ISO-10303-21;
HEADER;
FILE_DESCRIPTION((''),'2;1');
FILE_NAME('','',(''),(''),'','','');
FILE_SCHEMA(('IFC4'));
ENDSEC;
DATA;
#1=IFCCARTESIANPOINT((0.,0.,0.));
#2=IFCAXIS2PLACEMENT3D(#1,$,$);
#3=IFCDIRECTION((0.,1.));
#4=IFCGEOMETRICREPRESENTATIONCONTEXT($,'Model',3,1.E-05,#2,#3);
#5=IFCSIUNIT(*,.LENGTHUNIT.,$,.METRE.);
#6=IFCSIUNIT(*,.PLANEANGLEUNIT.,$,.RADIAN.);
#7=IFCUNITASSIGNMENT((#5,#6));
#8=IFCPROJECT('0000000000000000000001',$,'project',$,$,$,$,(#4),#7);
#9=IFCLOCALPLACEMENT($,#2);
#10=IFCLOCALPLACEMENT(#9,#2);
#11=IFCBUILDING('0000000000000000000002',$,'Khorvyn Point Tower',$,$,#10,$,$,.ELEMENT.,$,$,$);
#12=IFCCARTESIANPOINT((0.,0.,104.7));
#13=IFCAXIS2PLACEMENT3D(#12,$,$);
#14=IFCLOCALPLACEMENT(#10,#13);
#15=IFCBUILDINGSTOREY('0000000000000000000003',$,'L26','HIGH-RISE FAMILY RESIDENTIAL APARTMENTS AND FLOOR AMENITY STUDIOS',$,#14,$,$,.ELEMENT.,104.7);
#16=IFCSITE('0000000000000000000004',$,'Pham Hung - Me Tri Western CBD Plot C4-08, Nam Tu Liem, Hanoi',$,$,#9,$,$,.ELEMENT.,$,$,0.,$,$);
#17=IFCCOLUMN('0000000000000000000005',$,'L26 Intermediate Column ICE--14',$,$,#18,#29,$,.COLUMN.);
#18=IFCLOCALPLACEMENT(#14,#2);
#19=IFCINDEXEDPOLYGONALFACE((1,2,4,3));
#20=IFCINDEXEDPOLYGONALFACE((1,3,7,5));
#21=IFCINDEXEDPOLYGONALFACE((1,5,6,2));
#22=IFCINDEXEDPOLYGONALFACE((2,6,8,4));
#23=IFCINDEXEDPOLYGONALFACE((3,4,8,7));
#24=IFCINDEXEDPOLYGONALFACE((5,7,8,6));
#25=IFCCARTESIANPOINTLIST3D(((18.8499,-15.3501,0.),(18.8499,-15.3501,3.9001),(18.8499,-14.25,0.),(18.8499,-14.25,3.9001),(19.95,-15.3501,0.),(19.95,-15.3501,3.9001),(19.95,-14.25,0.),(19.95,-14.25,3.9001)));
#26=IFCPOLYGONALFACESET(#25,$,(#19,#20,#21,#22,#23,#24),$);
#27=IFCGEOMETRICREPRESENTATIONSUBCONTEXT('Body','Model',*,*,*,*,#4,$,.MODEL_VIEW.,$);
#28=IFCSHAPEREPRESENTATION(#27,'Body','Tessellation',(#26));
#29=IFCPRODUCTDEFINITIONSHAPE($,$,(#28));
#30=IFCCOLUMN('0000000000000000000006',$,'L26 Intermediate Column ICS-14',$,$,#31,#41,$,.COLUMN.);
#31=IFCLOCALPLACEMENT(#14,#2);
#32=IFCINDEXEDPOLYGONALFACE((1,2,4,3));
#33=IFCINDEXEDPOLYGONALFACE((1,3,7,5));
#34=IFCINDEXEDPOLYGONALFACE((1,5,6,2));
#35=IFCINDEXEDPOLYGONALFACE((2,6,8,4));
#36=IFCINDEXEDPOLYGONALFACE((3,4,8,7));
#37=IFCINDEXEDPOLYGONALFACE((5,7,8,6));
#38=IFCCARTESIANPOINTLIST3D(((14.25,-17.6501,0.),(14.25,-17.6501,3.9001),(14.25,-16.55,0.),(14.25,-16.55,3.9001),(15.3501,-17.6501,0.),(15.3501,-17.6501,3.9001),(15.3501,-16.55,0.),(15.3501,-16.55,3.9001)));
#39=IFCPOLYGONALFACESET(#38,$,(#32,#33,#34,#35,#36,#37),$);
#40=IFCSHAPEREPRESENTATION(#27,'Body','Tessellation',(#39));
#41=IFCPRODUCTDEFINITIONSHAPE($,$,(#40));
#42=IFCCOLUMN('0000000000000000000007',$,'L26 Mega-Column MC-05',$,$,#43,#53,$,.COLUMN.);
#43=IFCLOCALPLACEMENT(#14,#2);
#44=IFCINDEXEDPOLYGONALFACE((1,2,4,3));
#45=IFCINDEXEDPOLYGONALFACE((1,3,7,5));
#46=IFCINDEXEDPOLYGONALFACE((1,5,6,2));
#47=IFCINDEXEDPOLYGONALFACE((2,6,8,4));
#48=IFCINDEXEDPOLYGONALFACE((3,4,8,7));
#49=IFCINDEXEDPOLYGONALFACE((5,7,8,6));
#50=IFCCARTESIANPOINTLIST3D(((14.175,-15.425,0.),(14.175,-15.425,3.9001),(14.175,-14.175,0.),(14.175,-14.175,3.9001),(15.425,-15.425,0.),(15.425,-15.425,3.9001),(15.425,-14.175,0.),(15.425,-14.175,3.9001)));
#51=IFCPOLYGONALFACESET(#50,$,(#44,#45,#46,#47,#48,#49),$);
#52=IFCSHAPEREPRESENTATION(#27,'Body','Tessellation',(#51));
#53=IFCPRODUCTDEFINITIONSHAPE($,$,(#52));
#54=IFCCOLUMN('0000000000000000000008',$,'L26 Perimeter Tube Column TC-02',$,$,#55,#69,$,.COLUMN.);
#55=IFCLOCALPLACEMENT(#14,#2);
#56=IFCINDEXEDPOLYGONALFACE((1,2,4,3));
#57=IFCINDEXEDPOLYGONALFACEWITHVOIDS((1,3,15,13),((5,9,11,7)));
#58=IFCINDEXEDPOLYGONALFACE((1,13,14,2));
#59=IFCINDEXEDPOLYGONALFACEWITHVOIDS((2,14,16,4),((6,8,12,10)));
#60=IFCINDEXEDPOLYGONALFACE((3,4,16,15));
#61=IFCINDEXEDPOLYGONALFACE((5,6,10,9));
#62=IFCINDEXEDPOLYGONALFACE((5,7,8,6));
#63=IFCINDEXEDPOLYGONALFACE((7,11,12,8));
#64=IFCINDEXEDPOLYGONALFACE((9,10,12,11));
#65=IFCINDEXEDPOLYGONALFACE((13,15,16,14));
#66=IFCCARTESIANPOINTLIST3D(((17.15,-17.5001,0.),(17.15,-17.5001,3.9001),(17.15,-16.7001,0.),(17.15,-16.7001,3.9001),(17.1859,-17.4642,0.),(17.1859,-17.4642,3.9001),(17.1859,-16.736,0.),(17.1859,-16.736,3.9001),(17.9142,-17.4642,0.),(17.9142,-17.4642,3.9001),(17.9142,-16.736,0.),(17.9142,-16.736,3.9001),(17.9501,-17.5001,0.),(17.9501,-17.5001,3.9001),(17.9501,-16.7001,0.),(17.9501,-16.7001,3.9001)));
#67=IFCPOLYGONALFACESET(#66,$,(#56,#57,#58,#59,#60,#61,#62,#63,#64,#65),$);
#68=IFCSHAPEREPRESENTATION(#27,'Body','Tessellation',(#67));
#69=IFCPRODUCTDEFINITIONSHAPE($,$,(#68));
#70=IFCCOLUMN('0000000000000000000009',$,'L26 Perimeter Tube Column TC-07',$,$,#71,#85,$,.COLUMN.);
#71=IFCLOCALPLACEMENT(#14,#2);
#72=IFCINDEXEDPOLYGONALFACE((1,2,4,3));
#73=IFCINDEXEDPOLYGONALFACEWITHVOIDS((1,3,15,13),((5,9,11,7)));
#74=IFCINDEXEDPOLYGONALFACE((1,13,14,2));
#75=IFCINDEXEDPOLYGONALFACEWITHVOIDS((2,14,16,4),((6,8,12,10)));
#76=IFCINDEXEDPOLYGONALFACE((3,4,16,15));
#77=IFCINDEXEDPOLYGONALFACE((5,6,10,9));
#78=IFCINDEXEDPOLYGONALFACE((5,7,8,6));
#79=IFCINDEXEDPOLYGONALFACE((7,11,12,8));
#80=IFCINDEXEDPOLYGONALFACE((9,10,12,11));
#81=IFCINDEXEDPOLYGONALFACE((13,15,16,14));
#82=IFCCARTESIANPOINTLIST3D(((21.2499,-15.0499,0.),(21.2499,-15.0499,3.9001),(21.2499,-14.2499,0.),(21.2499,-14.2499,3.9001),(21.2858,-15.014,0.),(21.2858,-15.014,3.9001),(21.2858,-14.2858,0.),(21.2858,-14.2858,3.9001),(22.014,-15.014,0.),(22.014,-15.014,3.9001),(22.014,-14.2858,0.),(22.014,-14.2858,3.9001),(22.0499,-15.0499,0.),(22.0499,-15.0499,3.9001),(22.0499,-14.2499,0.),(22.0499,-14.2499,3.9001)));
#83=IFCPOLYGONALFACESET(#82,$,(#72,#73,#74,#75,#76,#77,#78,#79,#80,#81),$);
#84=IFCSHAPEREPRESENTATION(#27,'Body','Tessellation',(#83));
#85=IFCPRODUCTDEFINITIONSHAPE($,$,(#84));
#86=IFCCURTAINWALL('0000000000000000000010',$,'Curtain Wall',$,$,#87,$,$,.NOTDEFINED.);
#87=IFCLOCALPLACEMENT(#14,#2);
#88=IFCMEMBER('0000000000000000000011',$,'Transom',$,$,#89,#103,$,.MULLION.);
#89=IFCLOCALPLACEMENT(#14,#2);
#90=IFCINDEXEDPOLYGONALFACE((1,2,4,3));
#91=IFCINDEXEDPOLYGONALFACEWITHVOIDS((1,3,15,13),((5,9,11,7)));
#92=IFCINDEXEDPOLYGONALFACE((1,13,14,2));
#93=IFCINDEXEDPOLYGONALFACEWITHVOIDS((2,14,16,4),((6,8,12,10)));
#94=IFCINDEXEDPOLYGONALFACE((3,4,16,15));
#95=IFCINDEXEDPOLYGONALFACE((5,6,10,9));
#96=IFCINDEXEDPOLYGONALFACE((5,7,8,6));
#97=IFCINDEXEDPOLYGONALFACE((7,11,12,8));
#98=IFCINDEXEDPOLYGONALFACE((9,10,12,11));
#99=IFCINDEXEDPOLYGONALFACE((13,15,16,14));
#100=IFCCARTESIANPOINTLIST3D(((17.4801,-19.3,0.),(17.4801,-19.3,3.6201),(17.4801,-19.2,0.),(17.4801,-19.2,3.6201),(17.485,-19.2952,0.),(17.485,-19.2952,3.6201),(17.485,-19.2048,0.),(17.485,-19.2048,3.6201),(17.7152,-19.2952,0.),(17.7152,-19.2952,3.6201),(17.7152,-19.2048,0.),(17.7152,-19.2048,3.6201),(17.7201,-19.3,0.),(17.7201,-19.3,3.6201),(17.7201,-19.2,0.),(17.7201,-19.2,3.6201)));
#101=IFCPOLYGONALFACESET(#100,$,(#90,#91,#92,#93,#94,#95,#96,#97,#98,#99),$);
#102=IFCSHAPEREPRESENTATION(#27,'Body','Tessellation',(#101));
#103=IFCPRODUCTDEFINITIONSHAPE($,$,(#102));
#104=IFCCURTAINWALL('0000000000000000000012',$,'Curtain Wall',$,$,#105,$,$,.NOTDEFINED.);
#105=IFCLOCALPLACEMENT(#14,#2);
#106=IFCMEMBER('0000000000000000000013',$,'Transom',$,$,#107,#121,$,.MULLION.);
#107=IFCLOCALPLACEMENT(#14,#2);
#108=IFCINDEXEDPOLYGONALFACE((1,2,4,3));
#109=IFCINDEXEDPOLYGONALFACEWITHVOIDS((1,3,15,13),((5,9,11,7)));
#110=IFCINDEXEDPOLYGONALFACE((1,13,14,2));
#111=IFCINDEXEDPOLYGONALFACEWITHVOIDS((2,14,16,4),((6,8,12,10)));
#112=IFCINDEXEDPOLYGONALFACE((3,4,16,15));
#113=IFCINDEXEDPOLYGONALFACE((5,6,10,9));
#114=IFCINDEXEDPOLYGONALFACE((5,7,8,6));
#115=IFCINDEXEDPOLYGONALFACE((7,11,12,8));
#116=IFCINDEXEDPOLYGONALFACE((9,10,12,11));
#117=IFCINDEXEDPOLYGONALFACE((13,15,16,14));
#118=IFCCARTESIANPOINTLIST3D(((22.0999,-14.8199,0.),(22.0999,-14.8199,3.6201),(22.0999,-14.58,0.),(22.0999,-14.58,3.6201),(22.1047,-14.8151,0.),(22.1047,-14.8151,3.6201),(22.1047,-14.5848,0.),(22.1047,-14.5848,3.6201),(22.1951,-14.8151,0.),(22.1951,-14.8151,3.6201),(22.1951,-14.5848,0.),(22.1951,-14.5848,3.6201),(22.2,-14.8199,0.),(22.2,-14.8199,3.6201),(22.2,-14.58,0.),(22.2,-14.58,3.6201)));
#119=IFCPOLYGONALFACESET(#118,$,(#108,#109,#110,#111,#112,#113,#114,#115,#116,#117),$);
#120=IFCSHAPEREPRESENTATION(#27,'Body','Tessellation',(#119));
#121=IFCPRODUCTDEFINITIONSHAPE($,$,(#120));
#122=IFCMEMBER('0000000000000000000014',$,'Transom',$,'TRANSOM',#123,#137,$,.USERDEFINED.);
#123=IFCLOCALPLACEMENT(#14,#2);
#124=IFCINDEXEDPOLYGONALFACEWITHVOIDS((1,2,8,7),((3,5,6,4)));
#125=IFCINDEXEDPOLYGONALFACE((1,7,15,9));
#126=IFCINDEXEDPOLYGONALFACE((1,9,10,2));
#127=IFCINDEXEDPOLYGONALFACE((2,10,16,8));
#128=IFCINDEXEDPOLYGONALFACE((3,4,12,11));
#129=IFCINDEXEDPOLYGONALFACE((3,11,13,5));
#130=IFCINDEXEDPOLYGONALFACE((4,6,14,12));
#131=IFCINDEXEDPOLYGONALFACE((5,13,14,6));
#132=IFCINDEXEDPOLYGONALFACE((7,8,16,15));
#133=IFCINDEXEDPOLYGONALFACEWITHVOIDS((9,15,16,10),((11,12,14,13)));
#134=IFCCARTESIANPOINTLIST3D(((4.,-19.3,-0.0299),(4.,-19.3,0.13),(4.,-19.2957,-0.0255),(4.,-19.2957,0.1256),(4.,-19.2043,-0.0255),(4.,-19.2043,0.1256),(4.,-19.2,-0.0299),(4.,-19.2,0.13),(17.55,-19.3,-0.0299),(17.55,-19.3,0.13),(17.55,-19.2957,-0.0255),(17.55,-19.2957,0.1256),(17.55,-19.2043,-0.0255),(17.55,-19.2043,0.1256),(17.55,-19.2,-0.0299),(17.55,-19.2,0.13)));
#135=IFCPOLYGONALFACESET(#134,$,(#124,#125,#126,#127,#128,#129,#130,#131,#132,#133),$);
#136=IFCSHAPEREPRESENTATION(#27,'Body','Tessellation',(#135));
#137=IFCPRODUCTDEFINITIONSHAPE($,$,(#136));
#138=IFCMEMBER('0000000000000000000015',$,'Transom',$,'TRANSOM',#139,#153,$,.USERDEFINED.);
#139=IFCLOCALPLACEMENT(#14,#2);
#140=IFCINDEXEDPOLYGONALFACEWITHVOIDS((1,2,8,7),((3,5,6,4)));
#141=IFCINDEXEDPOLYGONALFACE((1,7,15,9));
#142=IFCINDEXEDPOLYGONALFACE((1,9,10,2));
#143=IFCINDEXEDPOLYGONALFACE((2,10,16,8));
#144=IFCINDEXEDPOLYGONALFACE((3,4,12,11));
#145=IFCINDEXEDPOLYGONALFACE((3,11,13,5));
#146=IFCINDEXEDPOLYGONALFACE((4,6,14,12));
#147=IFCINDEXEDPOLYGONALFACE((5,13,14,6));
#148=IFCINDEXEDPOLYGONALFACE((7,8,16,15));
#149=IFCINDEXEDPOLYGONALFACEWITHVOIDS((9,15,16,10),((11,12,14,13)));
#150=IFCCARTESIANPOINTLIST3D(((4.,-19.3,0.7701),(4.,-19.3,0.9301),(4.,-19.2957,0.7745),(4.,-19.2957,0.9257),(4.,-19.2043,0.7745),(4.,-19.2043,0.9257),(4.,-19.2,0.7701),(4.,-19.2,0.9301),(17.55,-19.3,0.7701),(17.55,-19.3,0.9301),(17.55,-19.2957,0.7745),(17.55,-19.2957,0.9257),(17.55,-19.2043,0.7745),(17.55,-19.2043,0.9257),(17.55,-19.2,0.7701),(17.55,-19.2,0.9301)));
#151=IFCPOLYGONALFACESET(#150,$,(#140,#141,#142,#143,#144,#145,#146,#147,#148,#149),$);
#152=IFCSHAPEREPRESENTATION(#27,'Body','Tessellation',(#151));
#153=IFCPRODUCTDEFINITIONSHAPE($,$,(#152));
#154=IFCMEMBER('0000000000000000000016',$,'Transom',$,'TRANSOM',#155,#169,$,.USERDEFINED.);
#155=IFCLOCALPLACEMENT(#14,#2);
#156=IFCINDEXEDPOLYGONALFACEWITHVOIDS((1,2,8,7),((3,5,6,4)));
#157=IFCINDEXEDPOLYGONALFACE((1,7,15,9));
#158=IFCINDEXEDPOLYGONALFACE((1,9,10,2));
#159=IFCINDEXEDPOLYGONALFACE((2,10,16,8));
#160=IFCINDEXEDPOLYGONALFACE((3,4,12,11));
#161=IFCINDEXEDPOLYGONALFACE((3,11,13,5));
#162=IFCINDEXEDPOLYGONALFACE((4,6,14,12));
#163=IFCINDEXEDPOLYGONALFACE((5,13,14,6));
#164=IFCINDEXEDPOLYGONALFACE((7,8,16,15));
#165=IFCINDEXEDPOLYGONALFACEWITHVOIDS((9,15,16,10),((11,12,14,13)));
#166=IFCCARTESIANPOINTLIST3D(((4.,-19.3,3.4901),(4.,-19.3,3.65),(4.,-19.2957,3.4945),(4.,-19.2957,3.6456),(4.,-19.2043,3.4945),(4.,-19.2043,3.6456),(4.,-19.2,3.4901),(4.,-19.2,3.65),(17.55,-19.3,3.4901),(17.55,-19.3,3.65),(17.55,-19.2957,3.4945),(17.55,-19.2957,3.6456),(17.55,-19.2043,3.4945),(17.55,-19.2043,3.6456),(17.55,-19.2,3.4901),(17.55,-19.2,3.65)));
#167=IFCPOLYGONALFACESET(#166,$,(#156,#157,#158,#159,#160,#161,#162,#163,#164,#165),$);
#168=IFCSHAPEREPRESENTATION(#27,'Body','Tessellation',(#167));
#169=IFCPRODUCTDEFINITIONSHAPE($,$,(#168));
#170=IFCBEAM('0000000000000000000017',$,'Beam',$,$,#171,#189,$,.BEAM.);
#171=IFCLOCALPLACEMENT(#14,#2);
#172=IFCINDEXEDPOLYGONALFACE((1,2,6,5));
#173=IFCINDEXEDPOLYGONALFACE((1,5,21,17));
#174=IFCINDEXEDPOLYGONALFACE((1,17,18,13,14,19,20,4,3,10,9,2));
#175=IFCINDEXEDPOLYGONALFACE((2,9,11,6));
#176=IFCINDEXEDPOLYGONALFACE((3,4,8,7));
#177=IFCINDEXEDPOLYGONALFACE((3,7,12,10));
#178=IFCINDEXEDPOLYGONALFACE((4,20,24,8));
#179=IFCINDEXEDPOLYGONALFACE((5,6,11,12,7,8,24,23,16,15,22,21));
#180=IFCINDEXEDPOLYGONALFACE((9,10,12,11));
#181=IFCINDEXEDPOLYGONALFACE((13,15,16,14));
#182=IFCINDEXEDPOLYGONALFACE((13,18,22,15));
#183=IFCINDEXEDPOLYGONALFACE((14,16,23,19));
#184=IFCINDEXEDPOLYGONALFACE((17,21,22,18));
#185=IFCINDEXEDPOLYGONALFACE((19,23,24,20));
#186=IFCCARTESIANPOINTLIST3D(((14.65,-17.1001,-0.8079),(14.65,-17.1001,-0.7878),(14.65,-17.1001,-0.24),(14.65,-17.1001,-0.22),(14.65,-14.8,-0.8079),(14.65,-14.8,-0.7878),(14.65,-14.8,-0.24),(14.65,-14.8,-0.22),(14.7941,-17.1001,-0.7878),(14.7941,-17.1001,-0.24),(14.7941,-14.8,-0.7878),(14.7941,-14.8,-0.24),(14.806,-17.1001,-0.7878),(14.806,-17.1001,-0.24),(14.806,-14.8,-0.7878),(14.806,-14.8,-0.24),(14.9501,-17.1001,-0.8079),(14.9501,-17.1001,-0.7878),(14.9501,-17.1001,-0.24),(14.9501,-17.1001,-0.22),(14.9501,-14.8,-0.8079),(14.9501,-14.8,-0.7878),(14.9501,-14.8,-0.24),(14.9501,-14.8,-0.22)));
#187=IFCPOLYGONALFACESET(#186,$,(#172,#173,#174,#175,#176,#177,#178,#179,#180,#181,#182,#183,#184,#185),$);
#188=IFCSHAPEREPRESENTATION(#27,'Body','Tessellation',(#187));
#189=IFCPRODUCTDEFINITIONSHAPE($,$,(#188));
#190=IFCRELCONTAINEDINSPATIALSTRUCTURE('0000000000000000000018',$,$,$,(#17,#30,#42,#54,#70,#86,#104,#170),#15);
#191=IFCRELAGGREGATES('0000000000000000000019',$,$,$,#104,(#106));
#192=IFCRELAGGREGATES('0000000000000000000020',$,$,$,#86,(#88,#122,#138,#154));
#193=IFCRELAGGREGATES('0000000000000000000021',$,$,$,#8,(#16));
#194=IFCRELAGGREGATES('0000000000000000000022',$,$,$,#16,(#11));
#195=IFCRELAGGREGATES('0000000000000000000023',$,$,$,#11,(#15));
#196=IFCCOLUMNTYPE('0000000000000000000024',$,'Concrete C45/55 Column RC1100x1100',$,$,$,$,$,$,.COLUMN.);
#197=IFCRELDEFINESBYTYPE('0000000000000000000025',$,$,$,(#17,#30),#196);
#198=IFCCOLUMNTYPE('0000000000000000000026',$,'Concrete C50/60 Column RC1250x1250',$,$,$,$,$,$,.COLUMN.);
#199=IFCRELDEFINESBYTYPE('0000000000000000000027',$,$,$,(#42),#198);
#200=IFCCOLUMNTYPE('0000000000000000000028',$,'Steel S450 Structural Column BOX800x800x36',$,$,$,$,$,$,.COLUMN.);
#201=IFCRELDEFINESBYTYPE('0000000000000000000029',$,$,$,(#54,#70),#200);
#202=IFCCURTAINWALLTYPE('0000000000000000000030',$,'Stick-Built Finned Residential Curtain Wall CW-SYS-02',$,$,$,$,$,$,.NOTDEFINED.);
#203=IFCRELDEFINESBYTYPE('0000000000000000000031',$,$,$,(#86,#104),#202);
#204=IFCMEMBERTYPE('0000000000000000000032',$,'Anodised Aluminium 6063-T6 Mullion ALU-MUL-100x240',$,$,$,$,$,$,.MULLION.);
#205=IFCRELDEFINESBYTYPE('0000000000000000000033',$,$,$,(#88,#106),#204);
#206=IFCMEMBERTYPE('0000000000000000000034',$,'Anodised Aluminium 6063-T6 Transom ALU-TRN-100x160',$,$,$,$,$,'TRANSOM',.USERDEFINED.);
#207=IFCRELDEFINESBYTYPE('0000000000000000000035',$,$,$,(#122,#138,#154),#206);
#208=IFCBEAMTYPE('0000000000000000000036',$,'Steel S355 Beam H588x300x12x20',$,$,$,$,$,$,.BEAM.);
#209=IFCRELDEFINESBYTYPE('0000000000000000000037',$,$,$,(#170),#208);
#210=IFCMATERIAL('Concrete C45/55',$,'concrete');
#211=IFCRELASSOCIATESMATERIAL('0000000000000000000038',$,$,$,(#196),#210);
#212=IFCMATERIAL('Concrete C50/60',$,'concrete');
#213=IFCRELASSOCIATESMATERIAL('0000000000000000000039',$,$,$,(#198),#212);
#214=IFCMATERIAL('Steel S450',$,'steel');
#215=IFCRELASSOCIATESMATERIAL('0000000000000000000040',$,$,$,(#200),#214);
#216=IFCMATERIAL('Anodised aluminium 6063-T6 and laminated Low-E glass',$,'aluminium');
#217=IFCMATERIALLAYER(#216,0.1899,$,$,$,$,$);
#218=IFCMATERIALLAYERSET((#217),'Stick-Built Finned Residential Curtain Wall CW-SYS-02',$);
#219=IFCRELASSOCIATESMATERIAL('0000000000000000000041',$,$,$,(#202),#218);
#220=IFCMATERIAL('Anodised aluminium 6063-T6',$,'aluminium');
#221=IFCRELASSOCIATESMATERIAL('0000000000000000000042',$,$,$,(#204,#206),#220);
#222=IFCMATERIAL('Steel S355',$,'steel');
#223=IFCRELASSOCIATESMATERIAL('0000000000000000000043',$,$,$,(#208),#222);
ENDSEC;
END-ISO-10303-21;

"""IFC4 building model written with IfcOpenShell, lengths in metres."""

from ifc_helpers import new_model, si_unit, direction, frame, origin, origin_2d, place, context, subcontext, project, spatial, rectangle, hollow_rectangle, i_section, extrude, material, layer, layer_set, material_profile, profile_set, type_object, element, aggregate, save


model = new_model("IFC4")

# Units and contexts
model_context = context("Model", 3, precision=1e-05, world=origin(), true_north=direction((0.0, 1.0)))
body_context = subcontext(model_context, "Body", "Model", "MODEL_VIEW")
ifc_project = project(units=[si_unit("LENGTHUNIT", "METRE"), si_unit("PLANEANGLEUNIT", "RADIAN")], contexts=[model_context])

# Site, building, storey
site_placement = place(None, origin())
site = spatial("IfcSite", under=ifc_project, at=site_placement, Name="Pham Hung - Me Tri Western CBD Plot C4-08, Nam Tu Liem, Hanoi", CompositionType="ELEMENT", RefElevation=0.0)
building_placement = place(site_placement, origin())
building = spatial("IfcBuilding", under=site, at=building_placement, Name="Khorvyn Point Tower", CompositionType="ELEMENT")
storey_placement = place(building_placement, frame((0.0, 0.0, 104.7)))
storey = spatial("IfcBuildingStorey", under=building, at=storey_placement, Name="L26", Description="HIGH-RISE FAMILY RESIDENTIAL APARTMENTS AND FLOOR AMENITY STUDIOS", CompositionType="ELEMENT", Elevation=104.7)

# Columns
ifc_material_1 = material(Name="Concrete C45/55", Category="concrete")
ifc_material_profile_1 = material_profile(ifc_material_1, rectangle(XDim=1.1001, YDim=1.1001, at=origin_2d()))
ifc_profile_set_1 = profile_set([ifc_material_profile_1], Name="Concrete C45/55 RC1100x1100")
column_type_1 = type_object("IfcColumnType", Name="Concrete C45/55 Column RC1100x1100", PredefinedType="COLUMN", material=ifc_profile_set_1)
for number, where, z_axis, x_axis, name in (
    (1, (19.3999, -14.8, 0.0), (0.0, 0.0, 1.0), (1.0, 0.0, 0.0), "L26 Intermediate Column ICE--14"),
    (2, (14.8, -17.1001, 0.0), (0.0, 0.0, 1.0), (1.0, 0.0, 0.0), "L26 Intermediate Column ICS-14"),
):
    element("IfcColumn", number, at=place(storey_placement, frame(where, z_axis=z_axis, x_axis=x_axis)), inside=storey, type_object=column_type_1, Name=name, PredefinedType="COLUMN", context=body_context, shape_type="SweptSolid", body=[
        extrude(rectangle(XDim=1.1001, YDim=1.1001, at=origin_2d()), origin(), (0.0, 0.0, 1.0), 3.9001),
    ])
ifc_material_2 = material(Name="Concrete C50/60", Category="concrete")
ifc_material_profile_2 = material_profile(ifc_material_2, rectangle(XDim=1.25, YDim=1.25, at=origin_2d()))
ifc_profile_set_2 = profile_set([ifc_material_profile_2], Name="Concrete C50/60 RC1250x1250")
column_type_2 = type_object("IfcColumnType", Name="Concrete C50/60 Column RC1250x1250", PredefinedType="COLUMN", material=ifc_profile_set_2)
column_placement = place(storey_placement, frame((14.8, -14.8, 0.0), z_axis=(0.0, 0.0, 1.0), x_axis=(1.0, 0.0, 0.0)))
element("IfcColumn", 3, at=column_placement, inside=storey, type_object=column_type_2, Name="L26 Mega-Column MC-05", PredefinedType="COLUMN", context=body_context, shape_type="SweptSolid", body=[
    extrude(rectangle(XDim=1.25, YDim=1.25, at=origin_2d()), origin(), (0.0, 0.0, 1.0), 3.9001),
])
ifc_material_3 = material(Name="Steel S450", Category="steel")
ifc_material_profile_3 = material_profile(ifc_material_3, hollow_rectangle(XDim=0.8, YDim=0.8, WallThickness=0.0359, at=origin_2d()))
ifc_profile_set_3 = profile_set([ifc_material_profile_3], Name="Steel S450 BOX800x800x36")
column_type_3 = type_object("IfcColumnType", Name="Steel S450 Structural Column BOX800x800x36", PredefinedType="COLUMN", material=ifc_profile_set_3)
for number, where, z_axis, x_axis, name in (
    (4, (17.55, -17.1001, 0.0), (0.0, 0.0, 1.0), (1.0, 0.0, 0.0), "L26 Perimeter Tube Column TC-02"),
    (5, (21.6499, -14.6499, 0.0), (0.0, 0.0, 1.0), (1.0, 0.0, 0.0), "L26 Perimeter Tube Column TC-07"),
):
    element("IfcColumn", number, at=place(storey_placement, frame(where, z_axis=z_axis, x_axis=x_axis)), inside=storey, type_object=column_type_3, Name=name, PredefinedType="COLUMN", context=body_context, shape_type="SweptSolid", body=[
        extrude(hollow_rectangle(XDim=0.8, YDim=0.8, WallThickness=0.0359, at=origin_2d()), origin(), (0.0, 0.0, 1.0), 3.9001),
    ])

# Curtain walls, members
ifc_material_4 = material(Name="Anodised aluminium 6063-T6 and laminated Low-E glass", Category="aluminium")
ifc_layer_1 = layer(ifc_material_4, 0.1899)
ifc_layer_set_1 = layer_set([ifc_layer_1], Name="Stick-Built Finned Residential Curtain Wall CW-SYS-02")
curtain_wall_type = type_object("IfcCurtainWallType", Name="Stick-Built Finned Residential Curtain Wall CW-SYS-02", PredefinedType="NOTDEFINED", material=ifc_layer_set_1)
curtain_wall_1_placement = place(storey_placement, origin())
curtain_wall_1 = element("IfcCurtainWall", 6, at=curtain_wall_1_placement, inside=storey, type_object=curtain_wall_type, Name="Curtain Wall", PredefinedType="NOTDEFINED")
ifc_material_5 = material(Name="Anodised aluminium 6063-T6", Category="aluminium")
ifc_material_profile_4 = material_profile(ifc_material_5, hollow_rectangle(XDim=0.1001, YDim=0.24, WallThickness=0.0049, at=origin_2d()))
ifc_profile_set_4 = profile_set([ifc_material_profile_4], Name="Anodised aluminium 6063-T6 ALU-MUL-100x240")
member_type_1 = type_object("IfcMemberType", Name="Anodised Aluminium 6063-T6 Mullion ALU-MUL-100x240", PredefinedType="MULLION", material=ifc_profile_set_4)
member_1_placement = place(storey_placement, frame((17.6001, -19.25, 0.0), z_axis=(0.0, 0.0, 1.0), x_axis=(0.0, -1.0, 0.0)))
member_1 = element("IfcMember", 7, at=member_1_placement, type_object=member_type_1, Name="Transom", PredefinedType="MULLION", context=body_context, shape_type="SweptSolid", body=[
    extrude(hollow_rectangle(XDim=0.1001, YDim=0.24, WallThickness=0.0049, at=origin_2d()), origin(), (0.0, 0.0, 1.0), 3.6201),
])
curtain_wall_2_placement = place(storey_placement, origin())
curtain_wall_2 = element("IfcCurtainWall", 8, at=curtain_wall_2_placement, inside=storey, type_object=curtain_wall_type, Name="Curtain Wall", PredefinedType="NOTDEFINED")
member_2_placement = place(storey_placement, frame((22.1499, -14.7, 0.0), z_axis=(0.0, 0.0, 1.0), x_axis=(1.0, 0.0, 0.0)))
member_2 = element("IfcMember", 9, at=member_2_placement, type_object=member_type_1, Name="Transom", PredefinedType="MULLION", context=body_context, shape_type="SweptSolid", body=[
    extrude(hollow_rectangle(XDim=0.1001, YDim=0.24, WallThickness=0.0049, at=origin_2d()), origin(), (0.0, 0.0, 1.0), 3.6201),
])
aggregate(curtain_wall_2, [member_2])

# Members
ifc_material_profile_5 = material_profile(ifc_material_5, hollow_rectangle(XDim=0.1001, YDim=0.1599, WallThickness=0.0044, at=origin_2d()))
ifc_profile_set_5 = profile_set([ifc_material_profile_5], Name="Anodised aluminium 6063-T6 ALU-TRN-100x160")
member_type_2 = type_object("IfcMemberType", Name="Anodised Aluminium 6063-T6 Transom ALU-TRN-100x160", ElementType="TRANSOM", PredefinedType="USERDEFINED", material=ifc_profile_set_5)
member_3_placement = place(storey_placement, frame((17.55, -19.25, 0.05), z_axis=(-1.0, 0.0, 0.0), x_axis=(0.0, -1.0, 0.0)))
member_3 = element("IfcMember", 10, at=member_3_placement, type_object=member_type_2, Name="Transom", ObjectType="TRANSOM", PredefinedType="USERDEFINED", context=body_context, shape_type="SweptSolid", body=[
    extrude(hollow_rectangle(XDim=0.1001, YDim=0.1599, WallThickness=0.0044, at=origin_2d()), origin(), (0.0, 0.0, 1.0), 13.55),
])
member_4_placement = place(storey_placement, frame((17.55, -19.25, 0.8501), z_axis=(-1.0, 0.0, 0.0), x_axis=(0.0, -1.0, 0.0)))
member_4 = element("IfcMember", 11, at=member_4_placement, type_object=member_type_2, Name="Transom", ObjectType="TRANSOM", PredefinedType="USERDEFINED", context=body_context, shape_type="SweptSolid", body=[
    extrude(hollow_rectangle(XDim=0.1001, YDim=0.1599, WallThickness=0.0044, at=origin_2d()), origin(), (0.0, 0.0, 1.0), 13.55),
])
member_5_placement = place(storey_placement, frame((17.55, -19.25, 3.5701), z_axis=(-1.0, 0.0, 0.0), x_axis=(0.0, -1.0, 0.0)))
member_5 = element("IfcMember", 12, at=member_5_placement, type_object=member_type_2, Name="Transom", ObjectType="TRANSOM", PredefinedType="USERDEFINED", context=body_context, shape_type="SweptSolid", body=[
    extrude(hollow_rectangle(XDim=0.1001, YDim=0.1599, WallThickness=0.0044, at=origin_2d()), origin(), (0.0, 0.0, 1.0), 13.55),
])

# Beam
ifc_material_6 = material(Name="Steel S355", Category="steel")
ifc_material_profile_6 = material_profile(ifc_material_6, i_section(OverallWidth=0.3, OverallDepth=0.5879, WebThickness=0.012, FlangeThickness=0.02, at=origin_2d()))
ifc_profile_set_6 = profile_set([ifc_material_profile_6], Name="Steel S355 H588x300x12x20")
beam_type_1 = type_object("IfcBeamType", Name="Steel S355 Beam H588x300x12x20", PredefinedType="BEAM", material=ifc_profile_set_6)
beam_1_placement = place(storey_placement, frame((14.8, -17.1001, -0.5139), z_axis=(0.0, 1.0, 0.0), x_axis=(-1.0, 0.0, 0.0)))
element("IfcBeam", 13, at=beam_1_placement, inside=storey, type_object=beam_type_1, Name="Beam", PredefinedType="BEAM", context=body_context, shape_type="SweptSolid", body=[
    extrude(i_section(OverallWidth=0.3, OverallDepth=0.5879, WebThickness=0.012, FlangeThickness=0.02, at=origin_2d()), origin(), (0.0, 0.0, 1.0), 2.3),
])

aggregate(curtain_wall_1, [member_1, member_3, member_4, member_5])

save(model, "model.ifc")
